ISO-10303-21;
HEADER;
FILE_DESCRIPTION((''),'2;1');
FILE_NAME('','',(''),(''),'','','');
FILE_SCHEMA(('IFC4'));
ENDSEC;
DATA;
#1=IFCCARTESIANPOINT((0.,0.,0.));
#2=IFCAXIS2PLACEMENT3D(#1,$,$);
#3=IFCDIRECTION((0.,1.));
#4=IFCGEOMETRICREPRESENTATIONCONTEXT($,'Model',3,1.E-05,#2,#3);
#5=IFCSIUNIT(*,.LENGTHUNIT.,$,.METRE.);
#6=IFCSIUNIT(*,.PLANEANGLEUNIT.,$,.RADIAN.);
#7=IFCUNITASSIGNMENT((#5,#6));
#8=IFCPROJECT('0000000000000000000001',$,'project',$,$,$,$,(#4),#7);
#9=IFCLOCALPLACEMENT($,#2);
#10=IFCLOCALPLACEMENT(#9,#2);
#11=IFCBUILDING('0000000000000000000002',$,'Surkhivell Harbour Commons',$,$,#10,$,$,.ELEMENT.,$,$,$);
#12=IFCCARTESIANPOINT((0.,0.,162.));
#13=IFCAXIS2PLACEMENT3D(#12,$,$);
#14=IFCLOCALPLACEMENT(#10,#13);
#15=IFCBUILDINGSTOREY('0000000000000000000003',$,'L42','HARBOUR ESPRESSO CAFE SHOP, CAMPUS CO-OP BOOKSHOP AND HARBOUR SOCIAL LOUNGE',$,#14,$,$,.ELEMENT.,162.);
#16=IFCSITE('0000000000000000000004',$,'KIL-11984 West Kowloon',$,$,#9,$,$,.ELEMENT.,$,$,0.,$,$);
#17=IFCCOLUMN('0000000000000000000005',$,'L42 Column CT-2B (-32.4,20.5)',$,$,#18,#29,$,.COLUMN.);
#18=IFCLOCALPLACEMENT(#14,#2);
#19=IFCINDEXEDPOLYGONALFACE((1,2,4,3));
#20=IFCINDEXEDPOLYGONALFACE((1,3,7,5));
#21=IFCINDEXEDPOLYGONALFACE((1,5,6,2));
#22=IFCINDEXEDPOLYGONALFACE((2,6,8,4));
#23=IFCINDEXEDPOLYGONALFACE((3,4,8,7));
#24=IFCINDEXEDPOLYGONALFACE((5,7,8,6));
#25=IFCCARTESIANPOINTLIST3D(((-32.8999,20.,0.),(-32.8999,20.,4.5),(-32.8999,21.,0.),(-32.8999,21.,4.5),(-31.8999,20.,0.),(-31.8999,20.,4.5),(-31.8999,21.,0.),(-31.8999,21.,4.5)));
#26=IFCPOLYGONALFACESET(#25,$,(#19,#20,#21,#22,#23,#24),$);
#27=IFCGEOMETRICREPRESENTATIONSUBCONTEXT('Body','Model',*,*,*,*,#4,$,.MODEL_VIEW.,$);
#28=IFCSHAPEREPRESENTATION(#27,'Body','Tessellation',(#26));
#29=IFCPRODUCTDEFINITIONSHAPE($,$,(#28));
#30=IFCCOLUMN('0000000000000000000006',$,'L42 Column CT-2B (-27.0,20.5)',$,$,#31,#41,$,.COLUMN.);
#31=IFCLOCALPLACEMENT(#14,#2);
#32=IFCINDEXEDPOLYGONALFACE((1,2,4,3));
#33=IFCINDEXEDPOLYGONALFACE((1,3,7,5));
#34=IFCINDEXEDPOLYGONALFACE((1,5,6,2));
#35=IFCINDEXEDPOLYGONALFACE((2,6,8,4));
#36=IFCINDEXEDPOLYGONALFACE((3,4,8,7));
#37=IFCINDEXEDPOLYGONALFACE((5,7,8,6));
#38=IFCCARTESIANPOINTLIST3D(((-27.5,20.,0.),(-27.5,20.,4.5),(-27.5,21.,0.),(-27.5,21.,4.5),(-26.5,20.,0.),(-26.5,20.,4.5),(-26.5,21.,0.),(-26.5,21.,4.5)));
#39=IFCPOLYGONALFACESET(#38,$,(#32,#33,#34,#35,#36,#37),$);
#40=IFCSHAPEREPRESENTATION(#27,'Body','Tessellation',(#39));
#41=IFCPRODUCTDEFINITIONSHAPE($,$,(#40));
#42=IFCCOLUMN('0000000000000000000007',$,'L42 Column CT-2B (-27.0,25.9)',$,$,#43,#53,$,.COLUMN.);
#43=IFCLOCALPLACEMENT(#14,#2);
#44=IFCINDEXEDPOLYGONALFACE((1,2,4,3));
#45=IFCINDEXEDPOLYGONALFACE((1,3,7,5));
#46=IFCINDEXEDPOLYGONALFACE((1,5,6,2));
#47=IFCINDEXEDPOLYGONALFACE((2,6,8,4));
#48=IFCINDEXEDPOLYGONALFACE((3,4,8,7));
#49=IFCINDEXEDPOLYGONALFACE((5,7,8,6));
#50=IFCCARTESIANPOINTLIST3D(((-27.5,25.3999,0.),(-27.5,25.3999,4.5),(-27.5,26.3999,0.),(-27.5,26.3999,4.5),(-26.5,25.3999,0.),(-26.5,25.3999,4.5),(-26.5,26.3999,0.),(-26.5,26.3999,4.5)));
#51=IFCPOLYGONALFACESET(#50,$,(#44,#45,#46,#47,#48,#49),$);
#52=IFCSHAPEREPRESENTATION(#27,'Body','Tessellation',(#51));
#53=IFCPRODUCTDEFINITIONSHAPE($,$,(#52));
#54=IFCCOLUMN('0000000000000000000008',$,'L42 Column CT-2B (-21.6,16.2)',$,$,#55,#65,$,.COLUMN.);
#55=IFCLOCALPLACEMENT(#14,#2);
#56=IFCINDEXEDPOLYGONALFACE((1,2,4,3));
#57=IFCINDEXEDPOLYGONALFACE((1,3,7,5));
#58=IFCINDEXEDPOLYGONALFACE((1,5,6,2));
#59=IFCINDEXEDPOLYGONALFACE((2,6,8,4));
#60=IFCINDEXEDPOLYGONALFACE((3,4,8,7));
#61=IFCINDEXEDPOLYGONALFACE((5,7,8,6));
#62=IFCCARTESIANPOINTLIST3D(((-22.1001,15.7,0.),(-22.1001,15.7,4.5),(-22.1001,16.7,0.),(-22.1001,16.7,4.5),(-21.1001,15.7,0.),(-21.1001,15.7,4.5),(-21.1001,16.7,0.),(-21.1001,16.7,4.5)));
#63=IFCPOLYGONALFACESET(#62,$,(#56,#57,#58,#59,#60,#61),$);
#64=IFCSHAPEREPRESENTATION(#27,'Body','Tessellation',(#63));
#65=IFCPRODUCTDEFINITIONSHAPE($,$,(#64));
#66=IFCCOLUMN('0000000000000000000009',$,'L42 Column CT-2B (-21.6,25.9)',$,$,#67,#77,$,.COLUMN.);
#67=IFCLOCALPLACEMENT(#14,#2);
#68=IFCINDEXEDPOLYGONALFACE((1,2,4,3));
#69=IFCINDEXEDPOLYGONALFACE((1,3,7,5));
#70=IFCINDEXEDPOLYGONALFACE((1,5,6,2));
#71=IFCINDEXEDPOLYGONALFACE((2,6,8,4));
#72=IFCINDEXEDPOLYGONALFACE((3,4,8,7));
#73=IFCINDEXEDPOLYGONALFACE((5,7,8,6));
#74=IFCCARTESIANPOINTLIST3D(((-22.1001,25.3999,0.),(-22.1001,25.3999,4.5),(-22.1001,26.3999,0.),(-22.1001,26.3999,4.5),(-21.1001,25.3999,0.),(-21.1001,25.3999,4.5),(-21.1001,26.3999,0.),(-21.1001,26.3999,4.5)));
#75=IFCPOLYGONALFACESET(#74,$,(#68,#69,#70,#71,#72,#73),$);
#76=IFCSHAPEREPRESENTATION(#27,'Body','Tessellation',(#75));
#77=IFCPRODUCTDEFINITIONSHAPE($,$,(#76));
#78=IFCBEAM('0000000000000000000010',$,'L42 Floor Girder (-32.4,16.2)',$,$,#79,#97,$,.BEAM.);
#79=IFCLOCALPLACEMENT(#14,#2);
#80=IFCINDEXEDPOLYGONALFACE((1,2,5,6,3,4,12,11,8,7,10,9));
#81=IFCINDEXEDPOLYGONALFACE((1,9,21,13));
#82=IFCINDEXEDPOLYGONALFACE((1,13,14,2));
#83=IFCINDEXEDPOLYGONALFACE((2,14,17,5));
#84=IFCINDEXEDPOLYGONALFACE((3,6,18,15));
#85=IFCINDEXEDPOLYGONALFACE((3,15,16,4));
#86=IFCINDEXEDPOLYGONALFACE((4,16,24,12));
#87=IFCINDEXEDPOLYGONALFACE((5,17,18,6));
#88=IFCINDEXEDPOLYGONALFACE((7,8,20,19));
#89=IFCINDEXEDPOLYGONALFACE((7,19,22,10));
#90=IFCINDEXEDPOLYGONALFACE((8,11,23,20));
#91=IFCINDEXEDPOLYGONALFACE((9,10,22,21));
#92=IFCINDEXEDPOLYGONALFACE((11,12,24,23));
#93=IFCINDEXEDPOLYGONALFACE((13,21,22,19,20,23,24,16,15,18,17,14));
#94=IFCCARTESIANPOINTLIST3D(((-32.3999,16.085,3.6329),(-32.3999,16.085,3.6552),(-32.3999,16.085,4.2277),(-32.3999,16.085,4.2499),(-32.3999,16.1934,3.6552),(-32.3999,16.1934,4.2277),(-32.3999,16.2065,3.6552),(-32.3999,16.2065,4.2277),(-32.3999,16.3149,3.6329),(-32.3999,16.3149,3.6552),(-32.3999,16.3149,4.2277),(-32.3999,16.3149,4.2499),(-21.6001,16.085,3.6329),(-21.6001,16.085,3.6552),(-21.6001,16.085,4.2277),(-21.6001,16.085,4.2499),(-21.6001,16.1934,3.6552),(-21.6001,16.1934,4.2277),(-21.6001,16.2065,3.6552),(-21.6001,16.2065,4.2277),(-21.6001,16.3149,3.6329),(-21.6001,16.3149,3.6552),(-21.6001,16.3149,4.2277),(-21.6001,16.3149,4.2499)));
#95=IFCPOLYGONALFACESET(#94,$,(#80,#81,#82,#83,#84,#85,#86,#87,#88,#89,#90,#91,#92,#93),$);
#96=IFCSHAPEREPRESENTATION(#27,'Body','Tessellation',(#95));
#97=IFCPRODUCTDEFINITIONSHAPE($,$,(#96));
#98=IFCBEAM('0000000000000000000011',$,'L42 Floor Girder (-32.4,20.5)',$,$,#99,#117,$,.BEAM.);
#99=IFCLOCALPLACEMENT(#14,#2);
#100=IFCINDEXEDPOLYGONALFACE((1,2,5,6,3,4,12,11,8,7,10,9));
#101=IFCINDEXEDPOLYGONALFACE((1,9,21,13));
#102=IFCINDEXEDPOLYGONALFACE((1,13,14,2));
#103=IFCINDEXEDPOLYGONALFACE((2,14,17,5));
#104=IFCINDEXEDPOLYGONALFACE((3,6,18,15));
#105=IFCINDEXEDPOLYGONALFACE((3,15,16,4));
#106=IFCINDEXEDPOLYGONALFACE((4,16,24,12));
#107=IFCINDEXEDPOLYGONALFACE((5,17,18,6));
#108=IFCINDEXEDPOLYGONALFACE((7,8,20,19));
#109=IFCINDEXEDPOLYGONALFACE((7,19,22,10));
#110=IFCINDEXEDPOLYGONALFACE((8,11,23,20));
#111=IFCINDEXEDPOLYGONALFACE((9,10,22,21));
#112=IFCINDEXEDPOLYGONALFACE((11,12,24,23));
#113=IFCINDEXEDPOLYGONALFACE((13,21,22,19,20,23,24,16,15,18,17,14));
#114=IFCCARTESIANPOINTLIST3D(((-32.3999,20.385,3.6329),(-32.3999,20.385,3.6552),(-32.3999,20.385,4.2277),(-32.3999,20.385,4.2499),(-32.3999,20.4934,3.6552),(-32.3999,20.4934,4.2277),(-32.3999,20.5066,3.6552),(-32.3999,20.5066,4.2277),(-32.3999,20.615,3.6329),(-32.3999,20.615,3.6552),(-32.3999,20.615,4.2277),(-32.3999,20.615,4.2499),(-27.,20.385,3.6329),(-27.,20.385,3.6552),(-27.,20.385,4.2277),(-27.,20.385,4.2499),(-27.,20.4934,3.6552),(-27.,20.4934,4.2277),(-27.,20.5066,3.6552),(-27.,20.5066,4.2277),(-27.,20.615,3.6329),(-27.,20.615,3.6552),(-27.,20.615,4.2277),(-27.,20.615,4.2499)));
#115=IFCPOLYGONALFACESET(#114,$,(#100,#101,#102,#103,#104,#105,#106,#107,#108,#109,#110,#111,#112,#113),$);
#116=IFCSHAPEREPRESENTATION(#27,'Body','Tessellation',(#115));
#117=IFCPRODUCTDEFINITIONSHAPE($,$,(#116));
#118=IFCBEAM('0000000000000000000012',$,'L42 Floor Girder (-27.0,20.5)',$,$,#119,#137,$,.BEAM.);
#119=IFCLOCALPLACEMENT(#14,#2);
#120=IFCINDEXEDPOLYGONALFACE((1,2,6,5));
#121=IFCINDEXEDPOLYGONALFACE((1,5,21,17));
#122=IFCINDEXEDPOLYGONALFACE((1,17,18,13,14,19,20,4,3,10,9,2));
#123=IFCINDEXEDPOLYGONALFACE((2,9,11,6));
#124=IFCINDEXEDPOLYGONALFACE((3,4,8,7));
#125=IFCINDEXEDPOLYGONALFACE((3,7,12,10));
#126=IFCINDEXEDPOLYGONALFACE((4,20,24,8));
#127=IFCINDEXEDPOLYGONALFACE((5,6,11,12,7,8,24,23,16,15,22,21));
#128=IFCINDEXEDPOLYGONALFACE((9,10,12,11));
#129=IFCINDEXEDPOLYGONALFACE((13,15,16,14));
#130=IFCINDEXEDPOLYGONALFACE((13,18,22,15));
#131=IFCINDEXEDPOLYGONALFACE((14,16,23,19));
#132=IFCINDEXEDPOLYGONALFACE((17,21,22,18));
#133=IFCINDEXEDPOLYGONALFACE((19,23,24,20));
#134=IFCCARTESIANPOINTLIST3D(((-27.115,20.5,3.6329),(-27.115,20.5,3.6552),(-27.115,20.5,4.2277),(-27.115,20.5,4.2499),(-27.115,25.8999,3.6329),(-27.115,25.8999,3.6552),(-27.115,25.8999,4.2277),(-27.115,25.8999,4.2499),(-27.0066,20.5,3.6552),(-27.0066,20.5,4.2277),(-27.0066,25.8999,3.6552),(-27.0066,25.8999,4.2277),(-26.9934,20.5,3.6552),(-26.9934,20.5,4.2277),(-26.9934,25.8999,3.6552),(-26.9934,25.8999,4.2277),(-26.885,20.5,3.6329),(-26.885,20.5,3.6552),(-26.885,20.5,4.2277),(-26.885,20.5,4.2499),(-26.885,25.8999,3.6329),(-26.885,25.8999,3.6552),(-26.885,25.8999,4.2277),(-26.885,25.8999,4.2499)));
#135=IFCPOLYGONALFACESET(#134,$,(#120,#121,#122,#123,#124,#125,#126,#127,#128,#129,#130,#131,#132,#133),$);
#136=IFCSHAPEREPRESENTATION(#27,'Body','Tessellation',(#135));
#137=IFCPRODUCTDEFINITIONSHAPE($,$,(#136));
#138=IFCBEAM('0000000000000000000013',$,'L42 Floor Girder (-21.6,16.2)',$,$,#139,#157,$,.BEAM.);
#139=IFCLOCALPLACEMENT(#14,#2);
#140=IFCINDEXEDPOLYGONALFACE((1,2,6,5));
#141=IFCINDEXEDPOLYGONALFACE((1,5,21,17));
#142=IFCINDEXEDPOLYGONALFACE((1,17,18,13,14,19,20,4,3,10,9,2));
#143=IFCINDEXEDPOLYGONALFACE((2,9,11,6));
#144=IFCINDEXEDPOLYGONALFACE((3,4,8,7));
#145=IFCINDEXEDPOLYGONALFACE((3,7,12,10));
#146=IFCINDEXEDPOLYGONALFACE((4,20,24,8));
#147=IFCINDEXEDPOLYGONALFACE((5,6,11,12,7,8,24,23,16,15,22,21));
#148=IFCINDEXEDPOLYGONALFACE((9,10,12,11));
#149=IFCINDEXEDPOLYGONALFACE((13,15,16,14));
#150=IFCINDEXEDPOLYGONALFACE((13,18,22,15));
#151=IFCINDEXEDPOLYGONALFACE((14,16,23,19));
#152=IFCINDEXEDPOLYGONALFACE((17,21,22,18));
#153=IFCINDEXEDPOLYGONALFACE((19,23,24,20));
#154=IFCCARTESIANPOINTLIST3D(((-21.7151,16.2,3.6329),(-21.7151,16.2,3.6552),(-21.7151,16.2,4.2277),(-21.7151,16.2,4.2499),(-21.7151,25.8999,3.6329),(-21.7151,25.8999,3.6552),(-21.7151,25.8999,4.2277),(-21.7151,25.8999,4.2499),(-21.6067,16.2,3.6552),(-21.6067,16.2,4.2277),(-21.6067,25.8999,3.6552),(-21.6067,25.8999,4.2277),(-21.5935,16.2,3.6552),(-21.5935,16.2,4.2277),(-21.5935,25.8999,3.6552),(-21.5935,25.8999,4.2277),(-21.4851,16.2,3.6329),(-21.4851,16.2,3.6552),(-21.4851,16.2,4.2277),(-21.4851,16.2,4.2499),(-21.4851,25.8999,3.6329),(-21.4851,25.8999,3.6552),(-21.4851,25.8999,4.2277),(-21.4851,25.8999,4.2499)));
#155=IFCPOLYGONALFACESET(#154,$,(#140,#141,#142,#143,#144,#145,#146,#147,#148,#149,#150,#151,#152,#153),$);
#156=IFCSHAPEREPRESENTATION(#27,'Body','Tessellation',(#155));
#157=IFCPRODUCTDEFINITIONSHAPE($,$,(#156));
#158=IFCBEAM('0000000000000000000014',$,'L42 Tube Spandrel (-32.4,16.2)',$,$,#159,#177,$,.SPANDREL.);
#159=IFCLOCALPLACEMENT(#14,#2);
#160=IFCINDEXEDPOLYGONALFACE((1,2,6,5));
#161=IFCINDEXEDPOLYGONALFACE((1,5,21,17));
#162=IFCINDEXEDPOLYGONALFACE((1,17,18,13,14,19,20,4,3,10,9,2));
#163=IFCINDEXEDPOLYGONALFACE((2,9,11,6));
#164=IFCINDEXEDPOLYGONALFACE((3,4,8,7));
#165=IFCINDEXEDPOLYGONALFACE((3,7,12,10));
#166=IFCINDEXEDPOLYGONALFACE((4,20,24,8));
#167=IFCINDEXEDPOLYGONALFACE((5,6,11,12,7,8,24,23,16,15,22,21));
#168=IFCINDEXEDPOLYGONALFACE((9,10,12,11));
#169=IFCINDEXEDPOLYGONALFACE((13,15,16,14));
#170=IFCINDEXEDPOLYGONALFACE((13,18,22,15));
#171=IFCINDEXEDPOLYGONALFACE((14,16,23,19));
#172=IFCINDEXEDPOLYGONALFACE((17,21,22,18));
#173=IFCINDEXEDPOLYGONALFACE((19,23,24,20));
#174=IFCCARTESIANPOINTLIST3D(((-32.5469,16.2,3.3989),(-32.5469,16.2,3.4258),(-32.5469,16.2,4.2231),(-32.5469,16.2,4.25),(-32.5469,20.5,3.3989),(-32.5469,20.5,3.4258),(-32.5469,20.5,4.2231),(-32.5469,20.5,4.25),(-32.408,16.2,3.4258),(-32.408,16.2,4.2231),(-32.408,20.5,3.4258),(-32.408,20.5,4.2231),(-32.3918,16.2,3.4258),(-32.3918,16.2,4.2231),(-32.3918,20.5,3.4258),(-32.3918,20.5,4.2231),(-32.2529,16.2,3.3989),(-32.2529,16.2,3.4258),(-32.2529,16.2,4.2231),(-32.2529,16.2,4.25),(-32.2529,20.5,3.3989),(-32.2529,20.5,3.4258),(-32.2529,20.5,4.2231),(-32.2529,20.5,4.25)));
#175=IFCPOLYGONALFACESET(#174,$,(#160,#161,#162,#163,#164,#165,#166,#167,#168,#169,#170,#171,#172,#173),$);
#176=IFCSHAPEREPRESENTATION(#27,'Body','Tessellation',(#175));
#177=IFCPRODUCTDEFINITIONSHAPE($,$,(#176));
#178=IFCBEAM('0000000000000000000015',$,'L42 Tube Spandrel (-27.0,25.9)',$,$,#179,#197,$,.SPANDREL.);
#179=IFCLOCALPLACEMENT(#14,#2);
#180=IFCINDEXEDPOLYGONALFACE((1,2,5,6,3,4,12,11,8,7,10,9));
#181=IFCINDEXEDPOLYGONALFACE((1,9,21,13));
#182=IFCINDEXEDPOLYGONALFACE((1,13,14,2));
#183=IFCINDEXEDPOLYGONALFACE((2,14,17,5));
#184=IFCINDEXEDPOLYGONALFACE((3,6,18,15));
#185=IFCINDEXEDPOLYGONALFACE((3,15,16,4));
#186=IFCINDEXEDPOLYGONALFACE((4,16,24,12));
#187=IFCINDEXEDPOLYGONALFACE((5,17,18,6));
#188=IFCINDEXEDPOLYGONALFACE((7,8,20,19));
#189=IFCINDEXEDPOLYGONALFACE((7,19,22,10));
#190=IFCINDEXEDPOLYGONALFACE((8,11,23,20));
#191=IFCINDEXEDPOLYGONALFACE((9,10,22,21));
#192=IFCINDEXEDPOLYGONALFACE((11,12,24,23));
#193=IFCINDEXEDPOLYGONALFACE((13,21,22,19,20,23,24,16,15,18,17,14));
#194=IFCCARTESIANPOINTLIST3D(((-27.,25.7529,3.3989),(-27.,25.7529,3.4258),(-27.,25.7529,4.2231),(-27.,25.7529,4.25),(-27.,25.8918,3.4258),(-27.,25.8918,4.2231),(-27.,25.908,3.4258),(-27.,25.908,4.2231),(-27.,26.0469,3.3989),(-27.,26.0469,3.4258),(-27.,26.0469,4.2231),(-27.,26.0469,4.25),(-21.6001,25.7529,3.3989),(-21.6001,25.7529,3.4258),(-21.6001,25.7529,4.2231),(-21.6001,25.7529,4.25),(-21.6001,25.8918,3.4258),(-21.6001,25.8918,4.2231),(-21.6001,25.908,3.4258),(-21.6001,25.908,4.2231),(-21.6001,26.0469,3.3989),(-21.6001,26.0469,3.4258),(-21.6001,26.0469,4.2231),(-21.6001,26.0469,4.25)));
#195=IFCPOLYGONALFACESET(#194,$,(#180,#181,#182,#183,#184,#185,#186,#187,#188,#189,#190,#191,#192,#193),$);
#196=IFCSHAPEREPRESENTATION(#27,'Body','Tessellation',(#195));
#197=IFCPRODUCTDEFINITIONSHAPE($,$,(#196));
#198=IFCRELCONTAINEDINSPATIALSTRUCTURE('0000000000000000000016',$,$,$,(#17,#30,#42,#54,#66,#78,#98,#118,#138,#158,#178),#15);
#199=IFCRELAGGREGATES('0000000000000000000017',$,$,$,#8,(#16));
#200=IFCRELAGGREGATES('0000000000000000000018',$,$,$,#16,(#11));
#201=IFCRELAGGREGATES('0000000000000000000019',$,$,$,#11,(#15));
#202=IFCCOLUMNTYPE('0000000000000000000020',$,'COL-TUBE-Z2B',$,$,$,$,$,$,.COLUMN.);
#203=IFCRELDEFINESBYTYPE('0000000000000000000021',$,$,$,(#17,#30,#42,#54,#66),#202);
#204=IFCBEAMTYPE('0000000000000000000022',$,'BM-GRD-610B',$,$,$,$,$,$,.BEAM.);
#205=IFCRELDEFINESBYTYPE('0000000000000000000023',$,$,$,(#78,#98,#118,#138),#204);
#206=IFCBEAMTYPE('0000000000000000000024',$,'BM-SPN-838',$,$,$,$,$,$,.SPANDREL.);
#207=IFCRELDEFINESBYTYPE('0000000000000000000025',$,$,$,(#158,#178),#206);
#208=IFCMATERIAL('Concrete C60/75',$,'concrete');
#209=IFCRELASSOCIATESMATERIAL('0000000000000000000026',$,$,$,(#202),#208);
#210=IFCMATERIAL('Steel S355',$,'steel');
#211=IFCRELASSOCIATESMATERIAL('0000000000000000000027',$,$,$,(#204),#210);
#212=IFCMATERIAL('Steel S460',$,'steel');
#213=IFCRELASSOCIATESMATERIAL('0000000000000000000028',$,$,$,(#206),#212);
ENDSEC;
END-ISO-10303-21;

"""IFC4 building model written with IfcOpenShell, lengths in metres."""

from ifc_helpers import new_model, si_unit, direction, frame, origin, origin_2d, place, context, subcontext, project, spatial, rectangle, i_section, extrude, material, material_profile, profile_set, type_object, element, save


model = new_model("IFC4")

# Units and contexts
model_context = context("Model", 3, precision=1e-05, world=origin(), true_north=direction((0.0, 1.0)))
body_context = subcontext(model_context, "Body", "Model", "MODEL_VIEW")
ifc_project = project(units=[si_unit("LENGTHUNIT", "METRE"), si_unit("PLANEANGLEUNIT", "RADIAN")], contexts=[model_context])

# Site, building, storey
site_placement = place(None, origin())
site = spatial("IfcSite", under=ifc_project, at=site_placement, Name="KIL-11984 West Kowloon", CompositionType="ELEMENT", RefElevation=0.0)
building_placement = place(site_placement, origin())
building = spatial("IfcBuilding", under=site, at=building_placement, Name="Surkhivell Harbour Commons", CompositionType="ELEMENT")
storey_placement = place(building_placement, frame((0.0, 0.0, 162.0)))
storey = spatial("IfcBuildingStorey", under=building, at=storey_placement, Name="L42", Description="HARBOUR ESPRESSO CAFE SHOP, CAMPUS CO-OP BOOKSHOP AND HARBOUR SOCIAL LOUNGE", CompositionType="ELEMENT", Elevation=162.0)

# Columns
ifc_material_1 = material(Name="Concrete C60/75", Category="concrete")
ifc_material_profile_1 = material_profile(ifc_material_1, rectangle(XDim=1.0, YDim=1.0, at=origin_2d()), Name="RC-COL-1000x1000")
ifc_profile_set_1 = profile_set([ifc_material_profile_1], Name="Concrete C60/75")
column_type = type_object("IfcColumnType", Name="COL-TUBE-Z2B", PredefinedType="COLUMN", material=ifc_profile_set_1)
for number, where, z_axis, x_axis, name in (
    (1, (-32.3999, 20.5, 0.0), (0.0, 0.0, 1.0), (1.0, 0.0, 0.0), "L42 Column CT-2B (-32.4,20.5)"),
    (2, (-27.0, 20.5, 0.0), (0.0, 0.0, 1.0), (1.0, 0.0, 0.0), "L42 Column CT-2B (-27.0,20.5)"),
    (3, (-27.0, 25.8999, 0.0), (0.0, 0.0, 1.0), (1.0, 0.0, 0.0), "L42 Column CT-2B (-27.0,25.9)"),
    (4, (-21.6001, 16.2, 0.0), (0.0, 0.0, 1.0), (1.0, 0.0, 0.0), "L42 Column CT-2B (-21.6,16.2)"),
    (5, (-21.6001, 25.8999, 0.0), (0.0, 0.0, 1.0), (1.0, 0.0, 0.0), "L42 Column CT-2B (-21.6,25.9)"),
):
    element("IfcColumn", number, at=place(storey_placement, frame(where, z_axis=z_axis, x_axis=x_axis)), inside=storey, type_object=column_type, Name=name, PredefinedType="COLUMN", context=body_context, shape_type="SweptSolid", body=[
        extrude(rectangle(XDim=1.0, YDim=1.0, at=origin_2d()), origin(), (0.0, 0.0, 1.0), 4.5),
    ])

# Beams
ifc_material_2 = material(Name="Steel S355", Category="steel")
ifc_material_profile_2 = material_profile(ifc_material_2, i_section(OverallWidth=0.23, OverallDepth=0.6169, WebThickness=0.0132, FlangeThickness=0.0222, at=origin_2d()), Name="UB610x229x140")
ifc_profile_set_2 = profile_set([ifc_material_profile_2], Name="Steel S355")
beam_type_1 = type_object("IfcBeamType", Name="BM-GRD-610B", PredefinedType="BEAM", material=ifc_profile_set_2)
beam_1_placement = place(storey_placement, frame((-32.3999, 16.2, 3.9414), z_axis=(1.0, 0.0, 0.0), x_axis=(0.0, 1.0, 0.0)))
element("IfcBeam", 6, at=beam_1_placement, inside=storey, type_object=beam_type_1, Name="L42 Floor Girder (-32.4,16.2)", PredefinedType="BEAM", context=body_context, shape_type="SweptSolid", body=[
    extrude(i_section(OverallWidth=0.23, OverallDepth=0.6169, WebThickness=0.0132, FlangeThickness=0.0222, at=origin_2d()), origin(), (0.0, 0.0, 1.0), 10.7998),
])
for number, where, z_axis, x_axis, name in (
    (7, (-32.3999, 20.5, 3.9414), (1.0, 0.0, 0.0), (0.0, 1.0, 0.0), "L42 Floor Girder (-32.4,20.5)"),
    (8, (-27.0, 20.5, 3.9414), (0.0, 1.0, 0.0), (-1.0, 0.0, 0.0), "L42 Floor Girder (-27.0,20.5)"),
):
    element("IfcBeam", number, at=place(storey_placement, frame(where, z_axis=z_axis, x_axis=x_axis)), inside=storey, type_object=beam_type_1, Name=name, PredefinedType="BEAM", context=body_context, shape_type="SweptSolid", body=[
        extrude(i_section(OverallWidth=0.23, OverallDepth=0.6169, WebThickness=0.0132, FlangeThickness=0.0222, at=origin_2d()), origin(), (0.0, 0.0, 1.0), 5.3999),
    ])
beam_2_placement = place(storey_placement, frame((-21.6001, 16.2, 3.9414), z_axis=(0.0, 1.0, 0.0), x_axis=(-1.0, 0.0, 0.0)))
element("IfcBeam", 9, at=beam_2_placement, inside=storey, type_object=beam_type_1, Name="L42 Floor Girder (-21.6,16.2)", PredefinedType="BEAM", context=body_context, shape_type="SweptSolid", body=[
    extrude(i_section(OverallWidth=0.23, OverallDepth=0.6169, WebThickness=0.0132, FlangeThickness=0.0222, at=origin_2d()), origin(), (0.0, 0.0, 1.0), 9.7),
])
ifc_material_3 = material(Name="Steel S460", Category="steel")
ifc_material_profile_3 = material_profile(ifc_material_3, i_section(OverallWidth=0.2939, OverallDepth=0.8511, WebThickness=0.0161, FlangeThickness=0.0269, at=origin_2d()), Name="UB838x292x226")
ifc_profile_set_3 = profile_set([ifc_material_profile_3], Name="Steel S460")
beam_type_2 = type_object("IfcBeamType", Name="BM-SPN-838", PredefinedType="SPANDREL", material=ifc_profile_set_3)
beam_3_placement = place(storey_placement, frame((-32.3999, 16.2, 3.8245), z_axis=(0.0, 1.0, 0.0), x_axis=(-1.0, 0.0, 0.0)))
element("IfcBeam", 10, at=beam_3_placement, inside=storey, type_object=beam_type_2, Name="L42 Tube Spandrel (-32.4,16.2)", PredefinedType="SPANDREL", context=body_context, shape_type="SweptSolid", body=[
    extrude(i_section(OverallWidth=0.2939, OverallDepth=0.8511, WebThickness=0.0161, FlangeThickness=0.0269, at=origin_2d()), origin(), (0.0, 0.0, 1.0), 4.3),
])
beam_4_placement = place(storey_placement, frame((-27.0, 25.8999, 3.8245), z_axis=(1.0, 0.0, 0.0), x_axis=(0.0, 1.0, 0.0)))
element("IfcBeam", 11, at=beam_4_placement, inside=storey, type_object=beam_type_2, Name="L42 Tube Spandrel (-27.0,25.9)", PredefinedType="SPANDREL", context=body_context, shape_type="SweptSolid", body=[
    extrude(i_section(OverallWidth=0.2939, OverallDepth=0.8511, WebThickness=0.0161, FlangeThickness=0.0269, at=origin_2d()), origin(), (0.0, 0.0, 1.0), 5.3999),
])

save(model, "model.ifc")
